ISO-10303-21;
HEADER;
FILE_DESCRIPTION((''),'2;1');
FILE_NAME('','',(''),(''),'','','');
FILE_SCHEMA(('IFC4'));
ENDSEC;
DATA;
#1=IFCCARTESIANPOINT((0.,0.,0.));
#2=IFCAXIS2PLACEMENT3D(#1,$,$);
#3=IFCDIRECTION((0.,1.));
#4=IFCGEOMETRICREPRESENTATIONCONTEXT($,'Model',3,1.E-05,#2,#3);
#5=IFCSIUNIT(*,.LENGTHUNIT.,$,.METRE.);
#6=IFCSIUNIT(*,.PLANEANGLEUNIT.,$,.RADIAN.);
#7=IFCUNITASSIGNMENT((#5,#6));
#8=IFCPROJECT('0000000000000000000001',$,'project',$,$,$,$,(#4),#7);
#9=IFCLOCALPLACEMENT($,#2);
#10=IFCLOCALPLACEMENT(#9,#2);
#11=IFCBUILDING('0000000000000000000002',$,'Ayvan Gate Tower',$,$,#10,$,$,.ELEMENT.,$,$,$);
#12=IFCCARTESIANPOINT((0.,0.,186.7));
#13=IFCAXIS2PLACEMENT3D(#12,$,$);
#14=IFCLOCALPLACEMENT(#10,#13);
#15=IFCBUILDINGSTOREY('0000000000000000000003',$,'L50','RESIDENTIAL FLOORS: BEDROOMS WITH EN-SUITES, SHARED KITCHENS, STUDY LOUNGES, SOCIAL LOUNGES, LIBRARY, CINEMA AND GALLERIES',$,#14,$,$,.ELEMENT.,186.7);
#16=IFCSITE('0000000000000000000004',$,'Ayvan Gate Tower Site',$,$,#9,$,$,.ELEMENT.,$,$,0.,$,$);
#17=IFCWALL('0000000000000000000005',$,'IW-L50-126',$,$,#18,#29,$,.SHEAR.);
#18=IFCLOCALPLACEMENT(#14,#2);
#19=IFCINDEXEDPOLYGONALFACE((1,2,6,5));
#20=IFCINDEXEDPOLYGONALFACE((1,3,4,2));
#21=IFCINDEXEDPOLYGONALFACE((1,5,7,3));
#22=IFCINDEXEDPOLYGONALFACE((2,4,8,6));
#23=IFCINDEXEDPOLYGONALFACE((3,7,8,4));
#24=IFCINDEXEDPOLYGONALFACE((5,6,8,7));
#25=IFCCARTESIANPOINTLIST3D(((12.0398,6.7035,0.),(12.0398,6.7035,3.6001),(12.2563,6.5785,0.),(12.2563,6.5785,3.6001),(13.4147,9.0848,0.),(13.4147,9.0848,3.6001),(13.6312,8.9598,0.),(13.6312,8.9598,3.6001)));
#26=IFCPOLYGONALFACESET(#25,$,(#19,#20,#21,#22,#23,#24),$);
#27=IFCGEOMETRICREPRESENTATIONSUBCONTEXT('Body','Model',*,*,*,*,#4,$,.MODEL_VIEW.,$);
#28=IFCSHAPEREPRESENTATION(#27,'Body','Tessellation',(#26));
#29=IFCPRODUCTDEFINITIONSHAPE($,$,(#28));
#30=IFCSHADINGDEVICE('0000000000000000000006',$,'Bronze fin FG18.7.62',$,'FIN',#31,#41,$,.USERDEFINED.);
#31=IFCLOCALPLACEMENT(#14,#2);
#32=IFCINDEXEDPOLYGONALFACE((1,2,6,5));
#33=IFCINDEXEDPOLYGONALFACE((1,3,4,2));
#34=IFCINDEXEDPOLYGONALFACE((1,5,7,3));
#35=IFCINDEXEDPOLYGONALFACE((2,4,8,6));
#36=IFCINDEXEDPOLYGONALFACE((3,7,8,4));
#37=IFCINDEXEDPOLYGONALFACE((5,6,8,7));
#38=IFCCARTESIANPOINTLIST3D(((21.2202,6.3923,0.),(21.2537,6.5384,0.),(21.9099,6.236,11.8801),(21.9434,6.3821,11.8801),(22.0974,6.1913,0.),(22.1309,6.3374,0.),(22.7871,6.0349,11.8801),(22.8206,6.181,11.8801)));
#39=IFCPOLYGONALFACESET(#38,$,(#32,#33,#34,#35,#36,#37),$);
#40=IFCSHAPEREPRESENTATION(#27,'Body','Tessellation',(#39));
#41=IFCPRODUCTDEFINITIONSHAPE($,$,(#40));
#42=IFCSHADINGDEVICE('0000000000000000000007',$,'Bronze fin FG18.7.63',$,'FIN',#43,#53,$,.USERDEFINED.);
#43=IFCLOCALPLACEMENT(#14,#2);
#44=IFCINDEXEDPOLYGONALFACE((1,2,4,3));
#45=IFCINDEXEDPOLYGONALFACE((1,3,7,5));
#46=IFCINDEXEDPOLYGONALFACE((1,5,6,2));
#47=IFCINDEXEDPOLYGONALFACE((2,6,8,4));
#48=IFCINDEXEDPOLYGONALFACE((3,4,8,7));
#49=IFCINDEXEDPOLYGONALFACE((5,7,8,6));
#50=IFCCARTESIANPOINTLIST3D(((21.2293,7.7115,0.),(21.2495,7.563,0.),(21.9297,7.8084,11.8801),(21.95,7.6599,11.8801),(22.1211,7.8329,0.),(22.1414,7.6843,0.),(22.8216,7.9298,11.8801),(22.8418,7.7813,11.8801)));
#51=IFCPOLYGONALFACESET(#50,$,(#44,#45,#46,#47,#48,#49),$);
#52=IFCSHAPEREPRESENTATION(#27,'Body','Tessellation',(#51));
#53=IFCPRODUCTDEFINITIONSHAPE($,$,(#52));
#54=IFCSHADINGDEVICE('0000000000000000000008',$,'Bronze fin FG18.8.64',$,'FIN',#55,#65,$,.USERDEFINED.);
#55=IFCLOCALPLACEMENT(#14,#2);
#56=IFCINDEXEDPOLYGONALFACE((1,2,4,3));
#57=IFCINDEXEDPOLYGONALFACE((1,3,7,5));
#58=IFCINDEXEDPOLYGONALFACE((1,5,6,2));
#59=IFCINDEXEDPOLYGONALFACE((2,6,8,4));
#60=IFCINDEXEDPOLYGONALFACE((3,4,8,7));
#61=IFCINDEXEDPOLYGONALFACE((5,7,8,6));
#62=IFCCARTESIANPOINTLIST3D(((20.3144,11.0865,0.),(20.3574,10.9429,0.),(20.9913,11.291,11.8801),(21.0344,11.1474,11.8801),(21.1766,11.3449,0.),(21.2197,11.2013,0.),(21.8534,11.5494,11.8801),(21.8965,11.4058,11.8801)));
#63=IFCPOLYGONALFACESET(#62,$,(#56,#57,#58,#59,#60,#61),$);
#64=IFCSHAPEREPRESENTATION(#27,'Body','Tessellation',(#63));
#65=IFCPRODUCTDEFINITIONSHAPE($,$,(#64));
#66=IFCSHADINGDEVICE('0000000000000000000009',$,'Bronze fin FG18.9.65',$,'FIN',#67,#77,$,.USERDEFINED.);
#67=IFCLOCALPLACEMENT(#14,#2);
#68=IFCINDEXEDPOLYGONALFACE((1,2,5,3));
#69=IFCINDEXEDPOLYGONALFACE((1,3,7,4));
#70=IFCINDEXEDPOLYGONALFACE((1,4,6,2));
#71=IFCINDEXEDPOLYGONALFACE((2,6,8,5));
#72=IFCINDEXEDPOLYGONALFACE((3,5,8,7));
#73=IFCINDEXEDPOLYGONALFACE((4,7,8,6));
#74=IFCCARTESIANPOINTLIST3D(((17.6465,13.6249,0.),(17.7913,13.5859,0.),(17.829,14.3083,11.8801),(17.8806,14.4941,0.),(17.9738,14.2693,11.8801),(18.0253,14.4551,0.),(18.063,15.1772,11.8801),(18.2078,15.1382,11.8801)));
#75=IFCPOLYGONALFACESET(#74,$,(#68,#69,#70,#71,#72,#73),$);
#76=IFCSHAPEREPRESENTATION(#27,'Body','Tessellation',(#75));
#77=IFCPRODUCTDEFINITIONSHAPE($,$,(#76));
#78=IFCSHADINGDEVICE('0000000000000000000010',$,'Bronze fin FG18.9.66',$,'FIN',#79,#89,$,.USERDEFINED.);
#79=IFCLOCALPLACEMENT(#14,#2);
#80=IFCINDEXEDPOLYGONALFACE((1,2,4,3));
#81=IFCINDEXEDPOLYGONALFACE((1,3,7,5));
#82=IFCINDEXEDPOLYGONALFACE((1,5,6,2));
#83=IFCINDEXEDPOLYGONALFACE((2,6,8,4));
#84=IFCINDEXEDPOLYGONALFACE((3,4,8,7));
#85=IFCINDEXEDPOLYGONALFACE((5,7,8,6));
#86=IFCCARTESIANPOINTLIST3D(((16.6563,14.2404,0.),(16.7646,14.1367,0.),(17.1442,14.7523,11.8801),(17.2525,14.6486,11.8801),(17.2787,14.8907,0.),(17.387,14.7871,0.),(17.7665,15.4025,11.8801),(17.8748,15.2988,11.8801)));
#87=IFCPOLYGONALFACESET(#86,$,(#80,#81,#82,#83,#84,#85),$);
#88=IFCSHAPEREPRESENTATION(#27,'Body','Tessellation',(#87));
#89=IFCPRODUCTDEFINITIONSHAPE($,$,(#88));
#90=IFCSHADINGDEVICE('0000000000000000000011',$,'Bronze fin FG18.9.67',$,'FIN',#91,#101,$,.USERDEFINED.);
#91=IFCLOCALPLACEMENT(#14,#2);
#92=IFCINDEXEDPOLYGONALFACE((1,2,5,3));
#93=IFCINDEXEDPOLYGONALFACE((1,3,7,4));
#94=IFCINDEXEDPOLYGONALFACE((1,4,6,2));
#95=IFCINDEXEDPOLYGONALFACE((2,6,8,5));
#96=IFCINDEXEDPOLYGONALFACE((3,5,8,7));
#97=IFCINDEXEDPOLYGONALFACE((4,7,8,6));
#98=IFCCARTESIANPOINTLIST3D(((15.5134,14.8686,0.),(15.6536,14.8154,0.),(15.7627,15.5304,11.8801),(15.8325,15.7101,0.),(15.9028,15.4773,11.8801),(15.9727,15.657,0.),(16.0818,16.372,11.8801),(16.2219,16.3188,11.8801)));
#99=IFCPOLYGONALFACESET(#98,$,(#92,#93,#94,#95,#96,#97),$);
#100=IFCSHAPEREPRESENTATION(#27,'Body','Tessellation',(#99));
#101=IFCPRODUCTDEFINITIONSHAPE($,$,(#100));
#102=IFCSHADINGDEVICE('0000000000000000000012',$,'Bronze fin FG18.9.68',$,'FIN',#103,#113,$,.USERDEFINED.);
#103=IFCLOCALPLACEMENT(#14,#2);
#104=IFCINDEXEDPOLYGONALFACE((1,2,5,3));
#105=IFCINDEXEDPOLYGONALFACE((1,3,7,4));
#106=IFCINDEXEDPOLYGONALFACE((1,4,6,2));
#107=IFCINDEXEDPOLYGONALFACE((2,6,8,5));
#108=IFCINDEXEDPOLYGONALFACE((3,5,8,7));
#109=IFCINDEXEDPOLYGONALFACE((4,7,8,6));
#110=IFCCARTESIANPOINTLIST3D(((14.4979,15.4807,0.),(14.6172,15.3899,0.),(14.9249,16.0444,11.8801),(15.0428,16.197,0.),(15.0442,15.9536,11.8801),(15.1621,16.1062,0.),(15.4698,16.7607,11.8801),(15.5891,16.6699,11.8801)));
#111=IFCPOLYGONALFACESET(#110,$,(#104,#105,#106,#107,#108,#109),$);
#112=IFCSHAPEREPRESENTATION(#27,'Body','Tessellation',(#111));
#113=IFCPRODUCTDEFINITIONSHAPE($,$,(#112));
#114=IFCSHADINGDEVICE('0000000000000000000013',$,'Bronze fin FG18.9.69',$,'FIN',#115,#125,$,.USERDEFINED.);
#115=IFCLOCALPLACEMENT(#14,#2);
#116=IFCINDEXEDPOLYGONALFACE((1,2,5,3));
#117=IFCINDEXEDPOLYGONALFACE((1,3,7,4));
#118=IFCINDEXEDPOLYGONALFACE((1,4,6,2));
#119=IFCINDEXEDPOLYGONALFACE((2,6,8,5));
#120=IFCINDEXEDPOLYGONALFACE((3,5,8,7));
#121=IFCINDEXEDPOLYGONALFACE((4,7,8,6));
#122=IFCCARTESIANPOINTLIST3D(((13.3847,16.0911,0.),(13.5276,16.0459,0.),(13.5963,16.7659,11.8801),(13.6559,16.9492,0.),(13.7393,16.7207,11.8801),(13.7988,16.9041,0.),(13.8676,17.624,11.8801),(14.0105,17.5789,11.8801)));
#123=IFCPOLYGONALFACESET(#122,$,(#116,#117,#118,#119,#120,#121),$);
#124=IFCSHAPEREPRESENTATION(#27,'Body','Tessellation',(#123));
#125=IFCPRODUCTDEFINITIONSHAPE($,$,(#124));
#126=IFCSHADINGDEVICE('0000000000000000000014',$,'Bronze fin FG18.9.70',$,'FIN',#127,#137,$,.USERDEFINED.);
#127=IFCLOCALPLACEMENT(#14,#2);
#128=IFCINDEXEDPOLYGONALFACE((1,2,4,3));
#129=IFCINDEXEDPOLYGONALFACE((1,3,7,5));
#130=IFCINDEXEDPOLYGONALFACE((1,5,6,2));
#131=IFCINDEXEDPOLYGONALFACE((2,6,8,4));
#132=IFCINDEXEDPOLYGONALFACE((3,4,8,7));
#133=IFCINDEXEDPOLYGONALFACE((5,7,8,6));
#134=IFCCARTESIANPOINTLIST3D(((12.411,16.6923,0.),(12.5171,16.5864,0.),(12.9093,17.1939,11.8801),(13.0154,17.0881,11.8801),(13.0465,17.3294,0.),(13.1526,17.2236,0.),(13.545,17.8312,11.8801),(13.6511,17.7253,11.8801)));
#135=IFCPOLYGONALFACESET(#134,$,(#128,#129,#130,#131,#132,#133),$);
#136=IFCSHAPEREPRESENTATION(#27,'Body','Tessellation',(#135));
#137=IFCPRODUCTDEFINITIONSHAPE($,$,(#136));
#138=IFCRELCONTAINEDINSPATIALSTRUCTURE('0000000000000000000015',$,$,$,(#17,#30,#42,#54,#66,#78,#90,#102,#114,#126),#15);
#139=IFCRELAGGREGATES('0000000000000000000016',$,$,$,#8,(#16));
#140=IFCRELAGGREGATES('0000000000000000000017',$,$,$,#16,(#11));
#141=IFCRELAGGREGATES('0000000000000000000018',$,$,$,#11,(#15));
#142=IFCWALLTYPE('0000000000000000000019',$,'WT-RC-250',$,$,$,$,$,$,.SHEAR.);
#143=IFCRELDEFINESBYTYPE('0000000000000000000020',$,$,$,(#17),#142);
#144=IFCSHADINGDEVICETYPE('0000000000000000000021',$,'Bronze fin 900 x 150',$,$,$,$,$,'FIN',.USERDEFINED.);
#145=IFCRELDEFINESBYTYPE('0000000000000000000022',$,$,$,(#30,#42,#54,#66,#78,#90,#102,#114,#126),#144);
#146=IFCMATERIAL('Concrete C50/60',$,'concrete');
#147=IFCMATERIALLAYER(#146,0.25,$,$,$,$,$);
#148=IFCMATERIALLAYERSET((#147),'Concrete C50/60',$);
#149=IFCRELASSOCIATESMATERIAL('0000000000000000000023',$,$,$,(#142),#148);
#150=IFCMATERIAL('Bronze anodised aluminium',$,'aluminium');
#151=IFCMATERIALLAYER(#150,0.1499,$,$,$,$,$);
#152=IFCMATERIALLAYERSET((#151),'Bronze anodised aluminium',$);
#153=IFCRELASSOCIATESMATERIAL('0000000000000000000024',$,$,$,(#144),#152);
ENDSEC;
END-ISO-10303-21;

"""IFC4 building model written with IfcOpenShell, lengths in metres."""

from ifc_helpers import new_model, si_unit, direction, frame, frame_2d, origin, place, context, subcontext, project, spatial, polyline, rectangle, outline, extrude, material, layer, layer_set, type_object, element, save


model = new_model("IFC4")

# Units and contexts
model_context = context("Model", 3, precision=1e-05, world=origin(), true_north=direction((0.0, 1.0)))
body_context = subcontext(model_context, "Body", "Model", "MODEL_VIEW")
ifc_project = project(units=[si_unit("LENGTHUNIT", "METRE"), si_unit("PLANEANGLEUNIT", "RADIAN")], contexts=[model_context])

# Site, building, storey
site_placement = place(None, origin())
site = spatial("IfcSite", under=ifc_project, at=site_placement, Name="Ayvan Gate Tower Site", CompositionType="ELEMENT", RefElevation=0.0)
building_placement = place(site_placement, origin())
building = spatial("IfcBuilding", under=site, at=building_placement, Name="Ayvan Gate Tower", CompositionType="ELEMENT")
storey_placement = place(building_placement, frame((0.0, 0.0, 186.7)))
storey = spatial("IfcBuildingStorey", under=building, at=storey_placement, Name="L50", Description="RESIDENTIAL FLOORS: BEDROOMS WITH EN-SUITES, SHARED KITCHENS, STUDY LOUNGES, SOCIAL LOUNGES, LIBRARY, CINEMA AND GALLERIES", CompositionType="ELEMENT", Elevation=186.7)

# Shared definitions
ifc_material_1 = material(Name="Bronze anodised aluminium", Category="aluminium")

# Shared definitions
ifc_material_2 = material(Name="Concrete C50/60", Category="concrete")
ifc_layer_1 = layer(ifc_material_2, 0.25)
ifc_layer_set_1 = layer_set([ifc_layer_1], Name="Concrete C50/60")
wall_type_1 = type_object("IfcWallType", Name="WT-RC-250", PredefinedType="SHEAR", material=ifc_layer_set_1)

# Wall
wall_1_placement = place(storey_placement, frame((12.1479, 6.6409, 0.0), z_axis=(0.0, 0.0, 1.0), x_axis=(0.500035, 0.866005, 0.0)))
element("IfcWall", 1, at=wall_1_placement, inside=storey, type_object=wall_type_1, Name="IW-L50-126", PredefinedType="SHEAR", context=body_context, shape_type="SweptSolid", body=[
    extrude(rectangle(XDim=2.7498, YDim=0.25, at=frame_2d((1.375, 0.0))), origin(), (0.0, 0.0, 1.0), 3.6001),
])

# Shading devices
ifc_layer_2 = layer(ifc_material_1, 0.1499)
ifc_layer_set_2 = layer_set([ifc_layer_2], Name="Bronze anodised aluminium")
shading_device_type = type_object("IfcShadingDeviceType", Name="Bronze fin 900 x 150", ElementType="FIN", PredefinedType="USERDEFINED", material=ifc_layer_set_2)
shading_device_1_placement = place(storey_placement, frame((21.2202, 6.3923, 0.0), z_axis=(-0.223403, -0.974726, 0.00014), x_axis=(0.974726, -0.223403, 0.0)))
element("IfcShadingDevice", 2, at=shading_device_1_placement, inside=storey, type_object=shading_device_type, Name="Bronze fin FG18.7.62", ObjectType="FIN", PredefinedType="USERDEFINED", context=body_context, shape_type="SweptSolid", body=[
    extrude(outline(polyline([(0.0, 0.0), (0.8999, 0.0), (1.6071, 11.8801), (0.7072, 11.8801), (0.0, 0.0)])), origin(), (0.0, 0.0, -1.0), 0.1499),
])
shading_device_2_placement = place(storey_placement, frame((21.2495, 7.563, 0.0), z_axis=(0.134811, -0.990871, 0.000136), x_axis=(0.990871, 0.134811, 0.0)))
element("IfcShadingDevice", 3, at=shading_device_2_placement, inside=storey, type_object=shading_device_type, Name="Bronze fin FG18.7.63", ObjectType="FIN", PredefinedType="USERDEFINED", context=body_context, shape_type="SweptSolid", body=[
    extrude(outline(polyline([(0.0, 0.0), (0.9001, 0.0), (1.6072, 11.8801), (0.7071, 11.8801), (0.0, 0.0)])), origin(), (0.0, 0.0, -1.0), 0.1499),
])
shading_device_3_placement = place(storey_placement, frame((20.3574, 10.9429, 0.0), z_axis=(0.287111, -0.957897, 0.000128), x_axis=(0.957897, 0.287111, 0.0)))
element("IfcShadingDevice", 4, at=shading_device_3_placement, inside=storey, type_object=shading_device_type, Name="Bronze fin FG18.8.64", ObjectType="FIN", PredefinedType="USERDEFINED", context=body_context, shape_type="SweptSolid", body=[
    extrude(outline(polyline([(0.0, 0.0), (0.9002, 0.0), (1.6072, 11.8801), (0.7072, 11.8801), (0.0, 0.0)])), origin(), (0.0, 0.0, -1.0), 0.1499),
])
shading_device_4_placement = place(storey_placement, frame((17.7913, 13.5859, 0.0), z_axis=(0.965604, -0.260017, 0.000121), x_axis=(0.260017, 0.965604, 0.0)))
element("IfcShadingDevice", 5, at=shading_device_4_placement, inside=storey, type_object=shading_device_type, Name="Bronze fin FG18.9.65", ObjectType="FIN", PredefinedType="USERDEFINED", context=body_context, shape_type="SweptSolid", body=[
    extrude(outline(polyline([(0.0, 0.0), (0.9001, 0.0), (1.6072, 11.8801), (0.7073, 11.8801), (0.0, 0.0)])), origin(), (0.0, 0.0, -1.0), 0.1499),
])
shading_device_5_placement = place(storey_placement, frame((16.7646, 14.1367, 0.0), z_axis=(0.722465, -0.691407, 0.000124), x_axis=(0.691407, 0.722465, 0.0)))
element("IfcShadingDevice", 6, at=shading_device_5_placement, inside=storey, type_object=shading_device_type, Name="Bronze fin FG18.9.66", ObjectType="FIN", PredefinedType="USERDEFINED", context=body_context, shape_type="SweptSolid", body=[
    extrude(outline(polyline([(0.0, 0.0), (0.9002, 0.0), (1.6071, 11.8801), (0.7071, 11.8801), (0.0, 0.0)])), origin(), (0.0, 0.0, -1.0), 0.1499),
])
shading_device_6_placement = place(storey_placement, frame((15.6536, 14.8154, 0.0), z_axis=(0.935041, -0.35454, 0.000133), x_axis=(0.35454, 0.935041, 0.0)))
element("IfcShadingDevice", 7, at=shading_device_6_placement, inside=storey, type_object=shading_device_type, Name="Bronze fin FG18.9.67", ObjectType="FIN", PredefinedType="USERDEFINED", context=body_context, shape_type="SweptSolid", body=[
    extrude(outline(polyline([(0.0, 0.0), (0.9, 0.0), (1.6073, 11.8801), (0.7072, 11.8801), (0.0, 0.0)])), origin(), (0.0, 0.0, -1.0), 0.1499),
])
shading_device_7_placement = place(storey_placement, frame((14.6172, 15.3899, 0.0), z_axis=(0.79588, -0.605455, 0.000123), x_axis=(0.605455, 0.79588, 0.0)))
element("IfcShadingDevice", 8, at=shading_device_7_placement, inside=storey, type_object=shading_device_type, Name="Bronze fin FG18.9.68", ObjectType="FIN", PredefinedType="USERDEFINED", context=body_context, shape_type="SweptSolid", body=[
    extrude(outline(polyline([(0.0, 0.0), (0.9, 0.0), (1.6072, 11.8801), (0.7072, 11.8801), (0.0, 0.0)])), origin(), (0.0, 0.0, -1.0), 0.1499),
])
shading_device_8_placement = place(storey_placement, frame((13.5276, 16.0459, 0.0), z_axis=(0.953505, -0.301378, 0.00013), x_axis=(0.301378, 0.953505, 0.0)))
element("IfcShadingDevice", 9, at=shading_device_8_placement, inside=storey, type_object=shading_device_type, Name="Bronze fin FG18.9.69", ObjectType="FIN", PredefinedType="USERDEFINED", context=body_context, shape_type="SweptSolid", body=[
    extrude(outline(polyline([(0.0, 0.0), (0.9, 0.0), (1.6072, 11.8801), (0.7072, 11.8801), (0.0, 0.0)])), origin(), (0.0, 0.0, -1.0), 0.1499),
])
shading_device_9_placement = place(storey_placement, frame((12.5171, 16.5864, 0.0), z_axis=(0.707988, -0.706225, 0.000122), x_axis=(0.706225, 0.707988, 0.0)))
element("IfcShadingDevice", 10, at=shading_device_9_placement, inside=storey, type_object=shading_device_type, Name="Bronze fin FG18.9.70", ObjectType="FIN", PredefinedType="USERDEFINED", context=body_context, shape_type="SweptSolid", body=[
    extrude(outline(polyline([(0.0, 0.0), (0.8999, 0.0), (1.6072, 11.8801), (0.7071, 11.8801), (0.0, 0.0)])), origin(), (0.0, 0.0, -1.0), 0.1499),
])

save(model, "model.ifc")
